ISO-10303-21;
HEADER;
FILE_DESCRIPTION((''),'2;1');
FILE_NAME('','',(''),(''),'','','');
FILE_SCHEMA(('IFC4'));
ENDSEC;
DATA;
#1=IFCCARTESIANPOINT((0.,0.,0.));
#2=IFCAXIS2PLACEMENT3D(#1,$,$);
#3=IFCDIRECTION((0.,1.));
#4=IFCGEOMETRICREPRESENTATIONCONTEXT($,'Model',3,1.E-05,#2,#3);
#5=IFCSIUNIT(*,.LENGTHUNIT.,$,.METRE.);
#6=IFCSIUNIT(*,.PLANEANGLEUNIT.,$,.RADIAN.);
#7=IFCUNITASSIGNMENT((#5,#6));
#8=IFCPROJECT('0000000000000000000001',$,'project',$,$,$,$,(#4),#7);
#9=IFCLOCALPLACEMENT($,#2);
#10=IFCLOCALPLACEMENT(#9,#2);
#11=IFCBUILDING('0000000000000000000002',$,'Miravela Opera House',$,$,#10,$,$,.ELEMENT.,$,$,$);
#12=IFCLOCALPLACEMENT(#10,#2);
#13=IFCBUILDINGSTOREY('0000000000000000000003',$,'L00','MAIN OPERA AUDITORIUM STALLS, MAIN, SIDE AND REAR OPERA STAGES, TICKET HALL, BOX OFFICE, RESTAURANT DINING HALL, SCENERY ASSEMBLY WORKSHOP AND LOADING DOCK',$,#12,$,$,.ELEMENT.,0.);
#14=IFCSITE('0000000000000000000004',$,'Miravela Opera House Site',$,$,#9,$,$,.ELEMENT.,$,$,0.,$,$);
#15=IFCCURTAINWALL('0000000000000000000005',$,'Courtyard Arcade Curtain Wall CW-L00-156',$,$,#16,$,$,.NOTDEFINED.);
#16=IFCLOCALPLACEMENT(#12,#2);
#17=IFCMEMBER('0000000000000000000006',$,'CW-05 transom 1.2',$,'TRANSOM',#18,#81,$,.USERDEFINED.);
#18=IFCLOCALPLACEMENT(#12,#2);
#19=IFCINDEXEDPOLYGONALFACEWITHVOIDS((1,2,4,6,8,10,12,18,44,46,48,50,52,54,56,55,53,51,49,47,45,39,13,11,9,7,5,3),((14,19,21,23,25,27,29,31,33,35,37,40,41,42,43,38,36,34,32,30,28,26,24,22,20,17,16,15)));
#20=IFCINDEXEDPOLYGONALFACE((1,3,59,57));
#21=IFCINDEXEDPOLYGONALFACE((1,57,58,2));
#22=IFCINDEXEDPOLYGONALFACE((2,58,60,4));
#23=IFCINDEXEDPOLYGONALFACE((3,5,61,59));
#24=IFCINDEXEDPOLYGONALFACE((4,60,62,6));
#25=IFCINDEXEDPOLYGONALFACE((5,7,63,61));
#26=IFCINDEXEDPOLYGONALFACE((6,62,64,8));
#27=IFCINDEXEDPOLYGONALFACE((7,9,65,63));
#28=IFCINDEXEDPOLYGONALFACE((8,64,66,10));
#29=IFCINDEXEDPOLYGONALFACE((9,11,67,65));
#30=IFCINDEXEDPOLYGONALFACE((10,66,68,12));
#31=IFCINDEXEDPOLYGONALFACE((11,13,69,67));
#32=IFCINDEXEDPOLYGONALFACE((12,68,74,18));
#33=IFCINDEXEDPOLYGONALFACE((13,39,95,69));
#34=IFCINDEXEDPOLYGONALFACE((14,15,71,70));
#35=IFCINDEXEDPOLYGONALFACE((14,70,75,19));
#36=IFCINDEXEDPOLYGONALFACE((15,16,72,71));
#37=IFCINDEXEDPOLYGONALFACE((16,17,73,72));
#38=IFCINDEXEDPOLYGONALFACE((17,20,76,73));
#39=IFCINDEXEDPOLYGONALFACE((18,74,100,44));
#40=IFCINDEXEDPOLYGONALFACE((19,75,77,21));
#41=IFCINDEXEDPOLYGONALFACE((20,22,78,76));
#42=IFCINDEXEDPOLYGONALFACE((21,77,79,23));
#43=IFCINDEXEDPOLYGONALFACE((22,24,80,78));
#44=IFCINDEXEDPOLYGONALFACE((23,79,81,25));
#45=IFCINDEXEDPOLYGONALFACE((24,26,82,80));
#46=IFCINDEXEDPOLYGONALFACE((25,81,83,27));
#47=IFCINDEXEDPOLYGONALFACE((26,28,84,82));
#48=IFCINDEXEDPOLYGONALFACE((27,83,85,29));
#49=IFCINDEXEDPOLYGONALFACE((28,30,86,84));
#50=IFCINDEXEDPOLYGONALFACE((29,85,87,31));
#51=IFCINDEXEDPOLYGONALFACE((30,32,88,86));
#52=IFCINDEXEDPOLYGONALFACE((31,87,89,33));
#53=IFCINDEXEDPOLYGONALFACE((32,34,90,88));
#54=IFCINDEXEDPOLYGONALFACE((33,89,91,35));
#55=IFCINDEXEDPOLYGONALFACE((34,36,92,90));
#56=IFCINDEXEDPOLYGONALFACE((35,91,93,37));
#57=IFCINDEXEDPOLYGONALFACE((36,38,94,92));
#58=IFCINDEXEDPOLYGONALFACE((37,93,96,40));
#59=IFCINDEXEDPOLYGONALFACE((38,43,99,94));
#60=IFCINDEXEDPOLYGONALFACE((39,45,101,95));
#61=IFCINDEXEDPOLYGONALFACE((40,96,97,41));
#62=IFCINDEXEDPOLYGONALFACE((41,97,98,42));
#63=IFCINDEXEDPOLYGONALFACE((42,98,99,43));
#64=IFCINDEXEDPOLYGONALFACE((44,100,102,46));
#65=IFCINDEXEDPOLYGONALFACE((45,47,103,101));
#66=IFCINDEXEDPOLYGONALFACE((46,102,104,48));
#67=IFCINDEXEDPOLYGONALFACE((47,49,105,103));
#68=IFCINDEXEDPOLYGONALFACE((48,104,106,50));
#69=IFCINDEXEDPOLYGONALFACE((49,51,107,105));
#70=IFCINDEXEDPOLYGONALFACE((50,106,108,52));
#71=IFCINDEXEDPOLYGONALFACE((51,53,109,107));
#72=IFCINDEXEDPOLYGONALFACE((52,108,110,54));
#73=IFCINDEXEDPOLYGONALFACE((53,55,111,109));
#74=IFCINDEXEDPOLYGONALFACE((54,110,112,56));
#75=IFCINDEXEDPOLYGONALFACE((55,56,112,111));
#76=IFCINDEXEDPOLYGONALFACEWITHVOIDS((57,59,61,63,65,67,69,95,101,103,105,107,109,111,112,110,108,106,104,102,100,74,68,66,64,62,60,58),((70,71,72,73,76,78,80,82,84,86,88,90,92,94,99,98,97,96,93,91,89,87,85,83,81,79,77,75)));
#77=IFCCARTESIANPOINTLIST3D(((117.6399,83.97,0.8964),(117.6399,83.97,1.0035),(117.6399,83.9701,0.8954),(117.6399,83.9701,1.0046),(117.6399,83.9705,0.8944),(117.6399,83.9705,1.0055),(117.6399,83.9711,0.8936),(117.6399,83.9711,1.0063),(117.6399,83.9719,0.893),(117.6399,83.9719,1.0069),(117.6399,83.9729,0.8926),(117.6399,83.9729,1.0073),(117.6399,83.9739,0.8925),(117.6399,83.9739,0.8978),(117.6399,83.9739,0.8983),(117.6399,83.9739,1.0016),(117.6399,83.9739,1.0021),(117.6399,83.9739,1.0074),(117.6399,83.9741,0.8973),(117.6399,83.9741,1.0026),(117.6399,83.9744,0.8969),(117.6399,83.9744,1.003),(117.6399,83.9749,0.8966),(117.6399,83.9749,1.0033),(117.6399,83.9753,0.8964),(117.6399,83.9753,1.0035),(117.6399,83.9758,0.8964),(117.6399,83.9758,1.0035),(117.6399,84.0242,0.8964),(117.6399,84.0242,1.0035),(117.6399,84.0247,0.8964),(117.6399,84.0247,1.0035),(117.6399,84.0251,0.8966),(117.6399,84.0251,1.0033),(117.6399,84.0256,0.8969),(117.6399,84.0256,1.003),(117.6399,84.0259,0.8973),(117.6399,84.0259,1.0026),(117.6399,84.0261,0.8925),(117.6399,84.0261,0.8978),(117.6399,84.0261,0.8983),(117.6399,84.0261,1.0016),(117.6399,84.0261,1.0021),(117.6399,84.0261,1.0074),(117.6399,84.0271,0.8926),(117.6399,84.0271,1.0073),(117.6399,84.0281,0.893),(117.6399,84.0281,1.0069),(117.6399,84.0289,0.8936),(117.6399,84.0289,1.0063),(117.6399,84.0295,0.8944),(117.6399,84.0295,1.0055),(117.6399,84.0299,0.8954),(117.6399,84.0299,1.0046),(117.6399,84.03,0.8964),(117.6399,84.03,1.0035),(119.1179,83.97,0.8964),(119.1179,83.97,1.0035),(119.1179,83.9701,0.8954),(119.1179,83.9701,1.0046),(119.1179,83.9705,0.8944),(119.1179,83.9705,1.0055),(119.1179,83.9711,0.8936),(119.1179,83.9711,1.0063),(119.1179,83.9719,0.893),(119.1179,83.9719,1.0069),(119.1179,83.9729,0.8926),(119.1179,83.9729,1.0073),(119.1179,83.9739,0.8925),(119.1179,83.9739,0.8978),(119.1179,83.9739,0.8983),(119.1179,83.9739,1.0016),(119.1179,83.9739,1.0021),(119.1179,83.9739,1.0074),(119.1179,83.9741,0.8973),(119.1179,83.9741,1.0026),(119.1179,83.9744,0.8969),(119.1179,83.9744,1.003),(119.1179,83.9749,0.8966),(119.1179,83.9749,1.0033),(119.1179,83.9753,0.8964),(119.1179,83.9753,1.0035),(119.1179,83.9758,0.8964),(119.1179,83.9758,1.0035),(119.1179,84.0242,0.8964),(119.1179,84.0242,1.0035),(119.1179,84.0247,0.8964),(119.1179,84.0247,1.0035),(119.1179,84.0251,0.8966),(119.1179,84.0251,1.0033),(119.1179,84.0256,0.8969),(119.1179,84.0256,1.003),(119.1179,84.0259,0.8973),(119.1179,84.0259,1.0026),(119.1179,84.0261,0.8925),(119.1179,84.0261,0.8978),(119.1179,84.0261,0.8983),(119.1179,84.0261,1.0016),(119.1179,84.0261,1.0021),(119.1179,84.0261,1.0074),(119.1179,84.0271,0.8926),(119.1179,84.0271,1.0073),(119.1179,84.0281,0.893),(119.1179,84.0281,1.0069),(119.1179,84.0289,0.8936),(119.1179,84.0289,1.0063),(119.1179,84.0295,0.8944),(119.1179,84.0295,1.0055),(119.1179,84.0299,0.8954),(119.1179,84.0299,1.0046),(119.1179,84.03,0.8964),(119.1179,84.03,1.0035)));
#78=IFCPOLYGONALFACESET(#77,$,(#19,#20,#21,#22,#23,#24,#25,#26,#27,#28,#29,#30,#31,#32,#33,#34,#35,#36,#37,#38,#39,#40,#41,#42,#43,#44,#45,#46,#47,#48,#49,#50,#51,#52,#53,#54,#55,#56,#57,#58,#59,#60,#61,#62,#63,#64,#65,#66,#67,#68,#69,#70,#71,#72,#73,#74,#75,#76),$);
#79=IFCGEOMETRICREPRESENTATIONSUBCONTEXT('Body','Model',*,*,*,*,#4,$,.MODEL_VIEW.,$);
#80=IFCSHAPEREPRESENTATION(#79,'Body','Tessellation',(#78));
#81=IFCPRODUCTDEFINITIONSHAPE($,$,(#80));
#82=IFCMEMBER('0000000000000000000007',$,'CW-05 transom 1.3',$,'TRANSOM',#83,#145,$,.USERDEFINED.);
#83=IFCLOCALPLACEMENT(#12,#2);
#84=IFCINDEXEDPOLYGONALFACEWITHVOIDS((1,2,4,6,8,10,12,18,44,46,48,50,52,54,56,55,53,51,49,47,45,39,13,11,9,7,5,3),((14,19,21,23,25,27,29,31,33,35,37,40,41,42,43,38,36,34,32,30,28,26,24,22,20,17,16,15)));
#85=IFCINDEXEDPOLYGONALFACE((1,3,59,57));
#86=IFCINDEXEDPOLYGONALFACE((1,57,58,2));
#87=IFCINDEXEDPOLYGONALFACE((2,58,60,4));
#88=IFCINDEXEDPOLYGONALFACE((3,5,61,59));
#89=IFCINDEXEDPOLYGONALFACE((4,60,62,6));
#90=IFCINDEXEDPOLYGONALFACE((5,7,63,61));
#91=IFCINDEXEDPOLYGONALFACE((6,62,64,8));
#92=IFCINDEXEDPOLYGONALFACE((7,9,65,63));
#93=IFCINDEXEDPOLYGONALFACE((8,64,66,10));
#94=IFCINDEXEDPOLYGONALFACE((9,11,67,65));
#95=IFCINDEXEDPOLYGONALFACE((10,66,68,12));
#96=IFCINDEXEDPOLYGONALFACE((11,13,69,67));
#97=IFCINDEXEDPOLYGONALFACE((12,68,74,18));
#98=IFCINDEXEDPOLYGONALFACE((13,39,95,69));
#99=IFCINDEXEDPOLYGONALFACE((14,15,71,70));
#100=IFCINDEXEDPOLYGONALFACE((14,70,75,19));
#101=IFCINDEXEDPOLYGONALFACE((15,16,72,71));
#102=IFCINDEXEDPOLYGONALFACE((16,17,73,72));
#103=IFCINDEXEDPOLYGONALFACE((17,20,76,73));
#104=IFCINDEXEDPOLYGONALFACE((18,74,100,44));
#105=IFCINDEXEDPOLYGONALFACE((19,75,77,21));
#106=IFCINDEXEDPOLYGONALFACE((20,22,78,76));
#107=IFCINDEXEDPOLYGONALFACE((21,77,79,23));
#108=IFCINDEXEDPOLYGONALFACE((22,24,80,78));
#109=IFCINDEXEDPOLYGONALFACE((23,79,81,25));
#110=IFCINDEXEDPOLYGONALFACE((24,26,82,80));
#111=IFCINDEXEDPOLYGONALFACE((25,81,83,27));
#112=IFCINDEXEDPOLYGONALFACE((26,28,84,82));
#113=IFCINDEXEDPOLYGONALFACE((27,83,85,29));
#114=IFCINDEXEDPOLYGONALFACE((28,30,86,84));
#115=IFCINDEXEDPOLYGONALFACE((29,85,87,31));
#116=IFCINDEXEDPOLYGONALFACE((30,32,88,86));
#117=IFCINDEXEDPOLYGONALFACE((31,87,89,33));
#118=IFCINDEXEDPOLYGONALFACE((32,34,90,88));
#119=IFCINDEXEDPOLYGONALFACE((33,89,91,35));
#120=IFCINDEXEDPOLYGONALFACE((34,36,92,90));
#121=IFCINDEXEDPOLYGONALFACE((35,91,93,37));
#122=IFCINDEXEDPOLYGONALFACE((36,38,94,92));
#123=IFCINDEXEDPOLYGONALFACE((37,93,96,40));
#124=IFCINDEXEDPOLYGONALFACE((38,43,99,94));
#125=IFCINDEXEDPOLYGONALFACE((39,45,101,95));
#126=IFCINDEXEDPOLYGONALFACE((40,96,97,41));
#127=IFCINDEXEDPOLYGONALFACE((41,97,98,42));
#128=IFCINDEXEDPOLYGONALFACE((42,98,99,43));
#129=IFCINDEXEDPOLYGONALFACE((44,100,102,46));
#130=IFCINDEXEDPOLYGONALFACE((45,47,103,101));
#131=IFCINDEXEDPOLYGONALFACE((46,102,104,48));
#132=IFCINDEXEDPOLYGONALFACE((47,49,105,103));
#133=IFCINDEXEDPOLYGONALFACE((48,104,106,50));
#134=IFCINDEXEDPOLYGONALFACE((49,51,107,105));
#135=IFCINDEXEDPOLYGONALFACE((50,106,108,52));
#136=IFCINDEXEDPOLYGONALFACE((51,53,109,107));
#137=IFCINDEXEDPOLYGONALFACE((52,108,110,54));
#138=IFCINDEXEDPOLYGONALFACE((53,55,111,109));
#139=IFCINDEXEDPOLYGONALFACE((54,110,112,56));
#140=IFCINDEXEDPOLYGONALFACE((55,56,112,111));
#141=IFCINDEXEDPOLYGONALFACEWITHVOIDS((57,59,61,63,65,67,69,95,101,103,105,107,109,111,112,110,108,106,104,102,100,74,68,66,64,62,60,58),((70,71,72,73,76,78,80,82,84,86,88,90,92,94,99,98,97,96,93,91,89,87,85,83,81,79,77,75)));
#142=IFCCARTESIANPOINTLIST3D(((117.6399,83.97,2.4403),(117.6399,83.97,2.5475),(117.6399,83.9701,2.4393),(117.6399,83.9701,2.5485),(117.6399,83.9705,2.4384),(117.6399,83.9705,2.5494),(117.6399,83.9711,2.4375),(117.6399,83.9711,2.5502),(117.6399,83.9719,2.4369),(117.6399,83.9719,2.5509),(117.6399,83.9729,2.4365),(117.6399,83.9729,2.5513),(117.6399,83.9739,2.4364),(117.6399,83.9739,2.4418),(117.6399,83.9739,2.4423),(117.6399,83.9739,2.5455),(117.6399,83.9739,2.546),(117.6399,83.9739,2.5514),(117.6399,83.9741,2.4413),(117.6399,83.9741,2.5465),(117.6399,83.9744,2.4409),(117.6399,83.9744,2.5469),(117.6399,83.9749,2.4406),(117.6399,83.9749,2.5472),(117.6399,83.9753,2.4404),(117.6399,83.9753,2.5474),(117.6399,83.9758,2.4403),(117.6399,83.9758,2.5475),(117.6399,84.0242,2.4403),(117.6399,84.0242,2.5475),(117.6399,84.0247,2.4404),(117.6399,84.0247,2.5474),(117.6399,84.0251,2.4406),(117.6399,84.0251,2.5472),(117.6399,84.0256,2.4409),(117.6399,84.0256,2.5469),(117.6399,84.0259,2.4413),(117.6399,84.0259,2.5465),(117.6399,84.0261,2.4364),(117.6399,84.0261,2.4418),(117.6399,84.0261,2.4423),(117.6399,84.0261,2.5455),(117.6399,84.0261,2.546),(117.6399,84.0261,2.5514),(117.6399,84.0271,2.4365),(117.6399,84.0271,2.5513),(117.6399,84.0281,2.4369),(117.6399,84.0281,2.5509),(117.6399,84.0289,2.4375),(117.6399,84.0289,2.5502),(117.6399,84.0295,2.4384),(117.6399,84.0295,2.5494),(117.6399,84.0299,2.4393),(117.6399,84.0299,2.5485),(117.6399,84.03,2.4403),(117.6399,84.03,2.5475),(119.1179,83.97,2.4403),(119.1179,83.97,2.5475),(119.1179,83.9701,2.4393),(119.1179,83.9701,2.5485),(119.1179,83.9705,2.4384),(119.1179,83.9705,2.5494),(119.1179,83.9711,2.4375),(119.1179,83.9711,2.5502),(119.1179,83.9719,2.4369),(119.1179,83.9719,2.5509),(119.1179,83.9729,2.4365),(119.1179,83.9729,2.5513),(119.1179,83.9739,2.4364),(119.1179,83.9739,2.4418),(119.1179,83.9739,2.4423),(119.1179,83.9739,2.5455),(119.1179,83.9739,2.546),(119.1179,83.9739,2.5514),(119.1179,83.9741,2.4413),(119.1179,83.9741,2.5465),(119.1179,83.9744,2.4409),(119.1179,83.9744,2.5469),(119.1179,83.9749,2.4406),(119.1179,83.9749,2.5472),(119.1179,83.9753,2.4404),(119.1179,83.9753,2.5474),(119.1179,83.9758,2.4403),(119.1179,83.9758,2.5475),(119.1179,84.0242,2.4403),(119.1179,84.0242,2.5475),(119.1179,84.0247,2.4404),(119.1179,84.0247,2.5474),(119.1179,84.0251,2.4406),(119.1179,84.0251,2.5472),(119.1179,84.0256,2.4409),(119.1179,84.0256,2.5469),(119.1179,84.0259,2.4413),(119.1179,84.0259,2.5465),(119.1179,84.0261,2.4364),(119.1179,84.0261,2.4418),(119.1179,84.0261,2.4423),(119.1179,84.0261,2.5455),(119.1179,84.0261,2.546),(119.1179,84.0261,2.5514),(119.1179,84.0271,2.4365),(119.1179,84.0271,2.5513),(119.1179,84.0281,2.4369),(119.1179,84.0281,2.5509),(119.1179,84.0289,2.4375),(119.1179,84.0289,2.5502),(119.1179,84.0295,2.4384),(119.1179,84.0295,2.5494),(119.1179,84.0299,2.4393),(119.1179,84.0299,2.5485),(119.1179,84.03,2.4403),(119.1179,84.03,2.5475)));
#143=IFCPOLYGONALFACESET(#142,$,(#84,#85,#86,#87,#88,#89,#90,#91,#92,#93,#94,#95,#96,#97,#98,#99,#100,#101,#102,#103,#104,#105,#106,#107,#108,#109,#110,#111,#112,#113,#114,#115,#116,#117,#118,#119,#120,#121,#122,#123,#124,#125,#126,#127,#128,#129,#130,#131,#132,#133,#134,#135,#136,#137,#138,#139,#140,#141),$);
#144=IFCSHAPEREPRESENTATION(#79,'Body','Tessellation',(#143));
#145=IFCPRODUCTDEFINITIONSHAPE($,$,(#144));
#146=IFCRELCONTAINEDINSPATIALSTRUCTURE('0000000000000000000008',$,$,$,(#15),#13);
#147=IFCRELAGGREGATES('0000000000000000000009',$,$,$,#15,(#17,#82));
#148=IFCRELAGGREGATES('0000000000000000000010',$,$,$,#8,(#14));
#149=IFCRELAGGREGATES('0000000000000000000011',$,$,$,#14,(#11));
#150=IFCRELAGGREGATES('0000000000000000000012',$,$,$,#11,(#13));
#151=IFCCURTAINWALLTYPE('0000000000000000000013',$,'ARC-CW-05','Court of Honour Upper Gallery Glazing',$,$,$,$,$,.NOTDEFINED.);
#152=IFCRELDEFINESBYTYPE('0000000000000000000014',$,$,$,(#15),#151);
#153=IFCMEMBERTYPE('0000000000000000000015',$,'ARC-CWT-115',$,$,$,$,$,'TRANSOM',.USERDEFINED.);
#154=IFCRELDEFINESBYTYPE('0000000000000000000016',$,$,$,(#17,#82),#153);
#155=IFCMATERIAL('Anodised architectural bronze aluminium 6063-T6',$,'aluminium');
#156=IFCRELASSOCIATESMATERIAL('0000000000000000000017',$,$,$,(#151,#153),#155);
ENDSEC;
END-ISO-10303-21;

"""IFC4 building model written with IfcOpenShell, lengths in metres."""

from ifc_helpers import new_model, si_unit, direction, frame, origin, origin_2d, place, context, subcontext, project, spatial, hollow_rectangle, extrude, material, material_profile, profile_set, type_object, element, aggregate, save


model = new_model("IFC4")

# Units and contexts
model_context = context("Model", 3, precision=1e-05, world=origin(), true_north=direction((0.0, 1.0)))
body_context = subcontext(model_context, "Body", "Model", "MODEL_VIEW")
ifc_project = project(units=[si_unit("LENGTHUNIT", "METRE"), si_unit("PLANEANGLEUNIT", "RADIAN")], contexts=[model_context])

# Site, building, storey
site_placement = place(None, origin())
site = spatial("IfcSite", under=ifc_project, at=site_placement, Name="Miravela Opera House Site", CompositionType="ELEMENT", RefElevation=0.0)
building_placement = place(site_placement, origin())
building = spatial("IfcBuilding", under=site, at=building_placement, Name="Miravela Opera House", CompositionType="ELEMENT")
storey_placement = place(building_placement, origin())
storey = spatial("IfcBuildingStorey", under=building, at=storey_placement, Name="L00", Description="MAIN OPERA AUDITORIUM STALLS, MAIN, SIDE AND REAR OPERA STAGES, TICKET HALL, BOX OFFICE, RESTAURANT DINING HALL, SCENERY ASSEMBLY WORKSHOP AND LOADING DOCK", CompositionType="ELEMENT", Elevation=0.0)

# Curtain wall, members
ifc_material_1 = material(Name="Anodised architectural bronze aluminium 6063-T6", Category="aluminium")
curtain_wall_type = type_object("IfcCurtainWallType", Name="ARC-CW-05", Description="Court of Honour Upper Gallery Glazing", PredefinedType="NOTDEFINED", material=ifc_material_1)
curtain_wall_placement = place(storey_placement, origin())
curtain_wall = element("IfcCurtainWall", 1, at=curtain_wall_placement, inside=storey, type_object=curtain_wall_type, Name="Courtyard Arcade Curtain Wall CW-L00-156", PredefinedType="NOTDEFINED")
ifc_material_profile_1 = material_profile(ifc_material_1, hollow_rectangle(XDim=0.0601, YDim=0.115, WallThickness=0.0039, InnerFilletRadius=0.002, OuterFilletRadius=0.0039, at=origin_2d()), Name="CWT-60X115")
ifc_profile_set_1 = profile_set([ifc_material_profile_1])
member_type_1 = type_object("IfcMemberType", Name="ARC-CWT-115", ElementType="TRANSOM", PredefinedType="USERDEFINED", material=ifc_profile_set_1)
member_1_placement = place(storey_placement, frame((117.6399, 84.0, 0.95), z_axis=(1.0, 0.0, 0.0), x_axis=(0.0, 1.0, 0.0)))
member_1 = element("IfcMember", 2, at=member_1_placement, type_object=member_type_1, Name="CW-05 transom 1.2", ObjectType="TRANSOM", PredefinedType="USERDEFINED", context=body_context, shape_type="SweptSolid", body=[
    extrude(hollow_rectangle(XDim=0.0601, YDim=0.115, WallThickness=0.0039, InnerFilletRadius=0.002, OuterFilletRadius=0.0039, at=origin_2d()), origin(), (0.0, 0.0, 1.0), 1.478),
])
member_2_placement = place(storey_placement, frame((117.6399, 84.0, 2.4939), z_axis=(1.0, 0.0, 0.0), x_axis=(0.0, 1.0, 0.0)))
member_2 = element("IfcMember", 3, at=member_2_placement, type_object=member_type_1, Name="CW-05 transom 1.3", ObjectType="TRANSOM", PredefinedType="USERDEFINED", context=body_context, shape_type="SweptSolid", body=[
    extrude(hollow_rectangle(XDim=0.0601, YDim=0.115, WallThickness=0.0039, InnerFilletRadius=0.002, OuterFilletRadius=0.0039, at=origin_2d()), origin(), (0.0, 0.0, 1.0), 1.478),
])

aggregate(curtain_wall, [member_1, member_2])

save(model, "model.ifc")
